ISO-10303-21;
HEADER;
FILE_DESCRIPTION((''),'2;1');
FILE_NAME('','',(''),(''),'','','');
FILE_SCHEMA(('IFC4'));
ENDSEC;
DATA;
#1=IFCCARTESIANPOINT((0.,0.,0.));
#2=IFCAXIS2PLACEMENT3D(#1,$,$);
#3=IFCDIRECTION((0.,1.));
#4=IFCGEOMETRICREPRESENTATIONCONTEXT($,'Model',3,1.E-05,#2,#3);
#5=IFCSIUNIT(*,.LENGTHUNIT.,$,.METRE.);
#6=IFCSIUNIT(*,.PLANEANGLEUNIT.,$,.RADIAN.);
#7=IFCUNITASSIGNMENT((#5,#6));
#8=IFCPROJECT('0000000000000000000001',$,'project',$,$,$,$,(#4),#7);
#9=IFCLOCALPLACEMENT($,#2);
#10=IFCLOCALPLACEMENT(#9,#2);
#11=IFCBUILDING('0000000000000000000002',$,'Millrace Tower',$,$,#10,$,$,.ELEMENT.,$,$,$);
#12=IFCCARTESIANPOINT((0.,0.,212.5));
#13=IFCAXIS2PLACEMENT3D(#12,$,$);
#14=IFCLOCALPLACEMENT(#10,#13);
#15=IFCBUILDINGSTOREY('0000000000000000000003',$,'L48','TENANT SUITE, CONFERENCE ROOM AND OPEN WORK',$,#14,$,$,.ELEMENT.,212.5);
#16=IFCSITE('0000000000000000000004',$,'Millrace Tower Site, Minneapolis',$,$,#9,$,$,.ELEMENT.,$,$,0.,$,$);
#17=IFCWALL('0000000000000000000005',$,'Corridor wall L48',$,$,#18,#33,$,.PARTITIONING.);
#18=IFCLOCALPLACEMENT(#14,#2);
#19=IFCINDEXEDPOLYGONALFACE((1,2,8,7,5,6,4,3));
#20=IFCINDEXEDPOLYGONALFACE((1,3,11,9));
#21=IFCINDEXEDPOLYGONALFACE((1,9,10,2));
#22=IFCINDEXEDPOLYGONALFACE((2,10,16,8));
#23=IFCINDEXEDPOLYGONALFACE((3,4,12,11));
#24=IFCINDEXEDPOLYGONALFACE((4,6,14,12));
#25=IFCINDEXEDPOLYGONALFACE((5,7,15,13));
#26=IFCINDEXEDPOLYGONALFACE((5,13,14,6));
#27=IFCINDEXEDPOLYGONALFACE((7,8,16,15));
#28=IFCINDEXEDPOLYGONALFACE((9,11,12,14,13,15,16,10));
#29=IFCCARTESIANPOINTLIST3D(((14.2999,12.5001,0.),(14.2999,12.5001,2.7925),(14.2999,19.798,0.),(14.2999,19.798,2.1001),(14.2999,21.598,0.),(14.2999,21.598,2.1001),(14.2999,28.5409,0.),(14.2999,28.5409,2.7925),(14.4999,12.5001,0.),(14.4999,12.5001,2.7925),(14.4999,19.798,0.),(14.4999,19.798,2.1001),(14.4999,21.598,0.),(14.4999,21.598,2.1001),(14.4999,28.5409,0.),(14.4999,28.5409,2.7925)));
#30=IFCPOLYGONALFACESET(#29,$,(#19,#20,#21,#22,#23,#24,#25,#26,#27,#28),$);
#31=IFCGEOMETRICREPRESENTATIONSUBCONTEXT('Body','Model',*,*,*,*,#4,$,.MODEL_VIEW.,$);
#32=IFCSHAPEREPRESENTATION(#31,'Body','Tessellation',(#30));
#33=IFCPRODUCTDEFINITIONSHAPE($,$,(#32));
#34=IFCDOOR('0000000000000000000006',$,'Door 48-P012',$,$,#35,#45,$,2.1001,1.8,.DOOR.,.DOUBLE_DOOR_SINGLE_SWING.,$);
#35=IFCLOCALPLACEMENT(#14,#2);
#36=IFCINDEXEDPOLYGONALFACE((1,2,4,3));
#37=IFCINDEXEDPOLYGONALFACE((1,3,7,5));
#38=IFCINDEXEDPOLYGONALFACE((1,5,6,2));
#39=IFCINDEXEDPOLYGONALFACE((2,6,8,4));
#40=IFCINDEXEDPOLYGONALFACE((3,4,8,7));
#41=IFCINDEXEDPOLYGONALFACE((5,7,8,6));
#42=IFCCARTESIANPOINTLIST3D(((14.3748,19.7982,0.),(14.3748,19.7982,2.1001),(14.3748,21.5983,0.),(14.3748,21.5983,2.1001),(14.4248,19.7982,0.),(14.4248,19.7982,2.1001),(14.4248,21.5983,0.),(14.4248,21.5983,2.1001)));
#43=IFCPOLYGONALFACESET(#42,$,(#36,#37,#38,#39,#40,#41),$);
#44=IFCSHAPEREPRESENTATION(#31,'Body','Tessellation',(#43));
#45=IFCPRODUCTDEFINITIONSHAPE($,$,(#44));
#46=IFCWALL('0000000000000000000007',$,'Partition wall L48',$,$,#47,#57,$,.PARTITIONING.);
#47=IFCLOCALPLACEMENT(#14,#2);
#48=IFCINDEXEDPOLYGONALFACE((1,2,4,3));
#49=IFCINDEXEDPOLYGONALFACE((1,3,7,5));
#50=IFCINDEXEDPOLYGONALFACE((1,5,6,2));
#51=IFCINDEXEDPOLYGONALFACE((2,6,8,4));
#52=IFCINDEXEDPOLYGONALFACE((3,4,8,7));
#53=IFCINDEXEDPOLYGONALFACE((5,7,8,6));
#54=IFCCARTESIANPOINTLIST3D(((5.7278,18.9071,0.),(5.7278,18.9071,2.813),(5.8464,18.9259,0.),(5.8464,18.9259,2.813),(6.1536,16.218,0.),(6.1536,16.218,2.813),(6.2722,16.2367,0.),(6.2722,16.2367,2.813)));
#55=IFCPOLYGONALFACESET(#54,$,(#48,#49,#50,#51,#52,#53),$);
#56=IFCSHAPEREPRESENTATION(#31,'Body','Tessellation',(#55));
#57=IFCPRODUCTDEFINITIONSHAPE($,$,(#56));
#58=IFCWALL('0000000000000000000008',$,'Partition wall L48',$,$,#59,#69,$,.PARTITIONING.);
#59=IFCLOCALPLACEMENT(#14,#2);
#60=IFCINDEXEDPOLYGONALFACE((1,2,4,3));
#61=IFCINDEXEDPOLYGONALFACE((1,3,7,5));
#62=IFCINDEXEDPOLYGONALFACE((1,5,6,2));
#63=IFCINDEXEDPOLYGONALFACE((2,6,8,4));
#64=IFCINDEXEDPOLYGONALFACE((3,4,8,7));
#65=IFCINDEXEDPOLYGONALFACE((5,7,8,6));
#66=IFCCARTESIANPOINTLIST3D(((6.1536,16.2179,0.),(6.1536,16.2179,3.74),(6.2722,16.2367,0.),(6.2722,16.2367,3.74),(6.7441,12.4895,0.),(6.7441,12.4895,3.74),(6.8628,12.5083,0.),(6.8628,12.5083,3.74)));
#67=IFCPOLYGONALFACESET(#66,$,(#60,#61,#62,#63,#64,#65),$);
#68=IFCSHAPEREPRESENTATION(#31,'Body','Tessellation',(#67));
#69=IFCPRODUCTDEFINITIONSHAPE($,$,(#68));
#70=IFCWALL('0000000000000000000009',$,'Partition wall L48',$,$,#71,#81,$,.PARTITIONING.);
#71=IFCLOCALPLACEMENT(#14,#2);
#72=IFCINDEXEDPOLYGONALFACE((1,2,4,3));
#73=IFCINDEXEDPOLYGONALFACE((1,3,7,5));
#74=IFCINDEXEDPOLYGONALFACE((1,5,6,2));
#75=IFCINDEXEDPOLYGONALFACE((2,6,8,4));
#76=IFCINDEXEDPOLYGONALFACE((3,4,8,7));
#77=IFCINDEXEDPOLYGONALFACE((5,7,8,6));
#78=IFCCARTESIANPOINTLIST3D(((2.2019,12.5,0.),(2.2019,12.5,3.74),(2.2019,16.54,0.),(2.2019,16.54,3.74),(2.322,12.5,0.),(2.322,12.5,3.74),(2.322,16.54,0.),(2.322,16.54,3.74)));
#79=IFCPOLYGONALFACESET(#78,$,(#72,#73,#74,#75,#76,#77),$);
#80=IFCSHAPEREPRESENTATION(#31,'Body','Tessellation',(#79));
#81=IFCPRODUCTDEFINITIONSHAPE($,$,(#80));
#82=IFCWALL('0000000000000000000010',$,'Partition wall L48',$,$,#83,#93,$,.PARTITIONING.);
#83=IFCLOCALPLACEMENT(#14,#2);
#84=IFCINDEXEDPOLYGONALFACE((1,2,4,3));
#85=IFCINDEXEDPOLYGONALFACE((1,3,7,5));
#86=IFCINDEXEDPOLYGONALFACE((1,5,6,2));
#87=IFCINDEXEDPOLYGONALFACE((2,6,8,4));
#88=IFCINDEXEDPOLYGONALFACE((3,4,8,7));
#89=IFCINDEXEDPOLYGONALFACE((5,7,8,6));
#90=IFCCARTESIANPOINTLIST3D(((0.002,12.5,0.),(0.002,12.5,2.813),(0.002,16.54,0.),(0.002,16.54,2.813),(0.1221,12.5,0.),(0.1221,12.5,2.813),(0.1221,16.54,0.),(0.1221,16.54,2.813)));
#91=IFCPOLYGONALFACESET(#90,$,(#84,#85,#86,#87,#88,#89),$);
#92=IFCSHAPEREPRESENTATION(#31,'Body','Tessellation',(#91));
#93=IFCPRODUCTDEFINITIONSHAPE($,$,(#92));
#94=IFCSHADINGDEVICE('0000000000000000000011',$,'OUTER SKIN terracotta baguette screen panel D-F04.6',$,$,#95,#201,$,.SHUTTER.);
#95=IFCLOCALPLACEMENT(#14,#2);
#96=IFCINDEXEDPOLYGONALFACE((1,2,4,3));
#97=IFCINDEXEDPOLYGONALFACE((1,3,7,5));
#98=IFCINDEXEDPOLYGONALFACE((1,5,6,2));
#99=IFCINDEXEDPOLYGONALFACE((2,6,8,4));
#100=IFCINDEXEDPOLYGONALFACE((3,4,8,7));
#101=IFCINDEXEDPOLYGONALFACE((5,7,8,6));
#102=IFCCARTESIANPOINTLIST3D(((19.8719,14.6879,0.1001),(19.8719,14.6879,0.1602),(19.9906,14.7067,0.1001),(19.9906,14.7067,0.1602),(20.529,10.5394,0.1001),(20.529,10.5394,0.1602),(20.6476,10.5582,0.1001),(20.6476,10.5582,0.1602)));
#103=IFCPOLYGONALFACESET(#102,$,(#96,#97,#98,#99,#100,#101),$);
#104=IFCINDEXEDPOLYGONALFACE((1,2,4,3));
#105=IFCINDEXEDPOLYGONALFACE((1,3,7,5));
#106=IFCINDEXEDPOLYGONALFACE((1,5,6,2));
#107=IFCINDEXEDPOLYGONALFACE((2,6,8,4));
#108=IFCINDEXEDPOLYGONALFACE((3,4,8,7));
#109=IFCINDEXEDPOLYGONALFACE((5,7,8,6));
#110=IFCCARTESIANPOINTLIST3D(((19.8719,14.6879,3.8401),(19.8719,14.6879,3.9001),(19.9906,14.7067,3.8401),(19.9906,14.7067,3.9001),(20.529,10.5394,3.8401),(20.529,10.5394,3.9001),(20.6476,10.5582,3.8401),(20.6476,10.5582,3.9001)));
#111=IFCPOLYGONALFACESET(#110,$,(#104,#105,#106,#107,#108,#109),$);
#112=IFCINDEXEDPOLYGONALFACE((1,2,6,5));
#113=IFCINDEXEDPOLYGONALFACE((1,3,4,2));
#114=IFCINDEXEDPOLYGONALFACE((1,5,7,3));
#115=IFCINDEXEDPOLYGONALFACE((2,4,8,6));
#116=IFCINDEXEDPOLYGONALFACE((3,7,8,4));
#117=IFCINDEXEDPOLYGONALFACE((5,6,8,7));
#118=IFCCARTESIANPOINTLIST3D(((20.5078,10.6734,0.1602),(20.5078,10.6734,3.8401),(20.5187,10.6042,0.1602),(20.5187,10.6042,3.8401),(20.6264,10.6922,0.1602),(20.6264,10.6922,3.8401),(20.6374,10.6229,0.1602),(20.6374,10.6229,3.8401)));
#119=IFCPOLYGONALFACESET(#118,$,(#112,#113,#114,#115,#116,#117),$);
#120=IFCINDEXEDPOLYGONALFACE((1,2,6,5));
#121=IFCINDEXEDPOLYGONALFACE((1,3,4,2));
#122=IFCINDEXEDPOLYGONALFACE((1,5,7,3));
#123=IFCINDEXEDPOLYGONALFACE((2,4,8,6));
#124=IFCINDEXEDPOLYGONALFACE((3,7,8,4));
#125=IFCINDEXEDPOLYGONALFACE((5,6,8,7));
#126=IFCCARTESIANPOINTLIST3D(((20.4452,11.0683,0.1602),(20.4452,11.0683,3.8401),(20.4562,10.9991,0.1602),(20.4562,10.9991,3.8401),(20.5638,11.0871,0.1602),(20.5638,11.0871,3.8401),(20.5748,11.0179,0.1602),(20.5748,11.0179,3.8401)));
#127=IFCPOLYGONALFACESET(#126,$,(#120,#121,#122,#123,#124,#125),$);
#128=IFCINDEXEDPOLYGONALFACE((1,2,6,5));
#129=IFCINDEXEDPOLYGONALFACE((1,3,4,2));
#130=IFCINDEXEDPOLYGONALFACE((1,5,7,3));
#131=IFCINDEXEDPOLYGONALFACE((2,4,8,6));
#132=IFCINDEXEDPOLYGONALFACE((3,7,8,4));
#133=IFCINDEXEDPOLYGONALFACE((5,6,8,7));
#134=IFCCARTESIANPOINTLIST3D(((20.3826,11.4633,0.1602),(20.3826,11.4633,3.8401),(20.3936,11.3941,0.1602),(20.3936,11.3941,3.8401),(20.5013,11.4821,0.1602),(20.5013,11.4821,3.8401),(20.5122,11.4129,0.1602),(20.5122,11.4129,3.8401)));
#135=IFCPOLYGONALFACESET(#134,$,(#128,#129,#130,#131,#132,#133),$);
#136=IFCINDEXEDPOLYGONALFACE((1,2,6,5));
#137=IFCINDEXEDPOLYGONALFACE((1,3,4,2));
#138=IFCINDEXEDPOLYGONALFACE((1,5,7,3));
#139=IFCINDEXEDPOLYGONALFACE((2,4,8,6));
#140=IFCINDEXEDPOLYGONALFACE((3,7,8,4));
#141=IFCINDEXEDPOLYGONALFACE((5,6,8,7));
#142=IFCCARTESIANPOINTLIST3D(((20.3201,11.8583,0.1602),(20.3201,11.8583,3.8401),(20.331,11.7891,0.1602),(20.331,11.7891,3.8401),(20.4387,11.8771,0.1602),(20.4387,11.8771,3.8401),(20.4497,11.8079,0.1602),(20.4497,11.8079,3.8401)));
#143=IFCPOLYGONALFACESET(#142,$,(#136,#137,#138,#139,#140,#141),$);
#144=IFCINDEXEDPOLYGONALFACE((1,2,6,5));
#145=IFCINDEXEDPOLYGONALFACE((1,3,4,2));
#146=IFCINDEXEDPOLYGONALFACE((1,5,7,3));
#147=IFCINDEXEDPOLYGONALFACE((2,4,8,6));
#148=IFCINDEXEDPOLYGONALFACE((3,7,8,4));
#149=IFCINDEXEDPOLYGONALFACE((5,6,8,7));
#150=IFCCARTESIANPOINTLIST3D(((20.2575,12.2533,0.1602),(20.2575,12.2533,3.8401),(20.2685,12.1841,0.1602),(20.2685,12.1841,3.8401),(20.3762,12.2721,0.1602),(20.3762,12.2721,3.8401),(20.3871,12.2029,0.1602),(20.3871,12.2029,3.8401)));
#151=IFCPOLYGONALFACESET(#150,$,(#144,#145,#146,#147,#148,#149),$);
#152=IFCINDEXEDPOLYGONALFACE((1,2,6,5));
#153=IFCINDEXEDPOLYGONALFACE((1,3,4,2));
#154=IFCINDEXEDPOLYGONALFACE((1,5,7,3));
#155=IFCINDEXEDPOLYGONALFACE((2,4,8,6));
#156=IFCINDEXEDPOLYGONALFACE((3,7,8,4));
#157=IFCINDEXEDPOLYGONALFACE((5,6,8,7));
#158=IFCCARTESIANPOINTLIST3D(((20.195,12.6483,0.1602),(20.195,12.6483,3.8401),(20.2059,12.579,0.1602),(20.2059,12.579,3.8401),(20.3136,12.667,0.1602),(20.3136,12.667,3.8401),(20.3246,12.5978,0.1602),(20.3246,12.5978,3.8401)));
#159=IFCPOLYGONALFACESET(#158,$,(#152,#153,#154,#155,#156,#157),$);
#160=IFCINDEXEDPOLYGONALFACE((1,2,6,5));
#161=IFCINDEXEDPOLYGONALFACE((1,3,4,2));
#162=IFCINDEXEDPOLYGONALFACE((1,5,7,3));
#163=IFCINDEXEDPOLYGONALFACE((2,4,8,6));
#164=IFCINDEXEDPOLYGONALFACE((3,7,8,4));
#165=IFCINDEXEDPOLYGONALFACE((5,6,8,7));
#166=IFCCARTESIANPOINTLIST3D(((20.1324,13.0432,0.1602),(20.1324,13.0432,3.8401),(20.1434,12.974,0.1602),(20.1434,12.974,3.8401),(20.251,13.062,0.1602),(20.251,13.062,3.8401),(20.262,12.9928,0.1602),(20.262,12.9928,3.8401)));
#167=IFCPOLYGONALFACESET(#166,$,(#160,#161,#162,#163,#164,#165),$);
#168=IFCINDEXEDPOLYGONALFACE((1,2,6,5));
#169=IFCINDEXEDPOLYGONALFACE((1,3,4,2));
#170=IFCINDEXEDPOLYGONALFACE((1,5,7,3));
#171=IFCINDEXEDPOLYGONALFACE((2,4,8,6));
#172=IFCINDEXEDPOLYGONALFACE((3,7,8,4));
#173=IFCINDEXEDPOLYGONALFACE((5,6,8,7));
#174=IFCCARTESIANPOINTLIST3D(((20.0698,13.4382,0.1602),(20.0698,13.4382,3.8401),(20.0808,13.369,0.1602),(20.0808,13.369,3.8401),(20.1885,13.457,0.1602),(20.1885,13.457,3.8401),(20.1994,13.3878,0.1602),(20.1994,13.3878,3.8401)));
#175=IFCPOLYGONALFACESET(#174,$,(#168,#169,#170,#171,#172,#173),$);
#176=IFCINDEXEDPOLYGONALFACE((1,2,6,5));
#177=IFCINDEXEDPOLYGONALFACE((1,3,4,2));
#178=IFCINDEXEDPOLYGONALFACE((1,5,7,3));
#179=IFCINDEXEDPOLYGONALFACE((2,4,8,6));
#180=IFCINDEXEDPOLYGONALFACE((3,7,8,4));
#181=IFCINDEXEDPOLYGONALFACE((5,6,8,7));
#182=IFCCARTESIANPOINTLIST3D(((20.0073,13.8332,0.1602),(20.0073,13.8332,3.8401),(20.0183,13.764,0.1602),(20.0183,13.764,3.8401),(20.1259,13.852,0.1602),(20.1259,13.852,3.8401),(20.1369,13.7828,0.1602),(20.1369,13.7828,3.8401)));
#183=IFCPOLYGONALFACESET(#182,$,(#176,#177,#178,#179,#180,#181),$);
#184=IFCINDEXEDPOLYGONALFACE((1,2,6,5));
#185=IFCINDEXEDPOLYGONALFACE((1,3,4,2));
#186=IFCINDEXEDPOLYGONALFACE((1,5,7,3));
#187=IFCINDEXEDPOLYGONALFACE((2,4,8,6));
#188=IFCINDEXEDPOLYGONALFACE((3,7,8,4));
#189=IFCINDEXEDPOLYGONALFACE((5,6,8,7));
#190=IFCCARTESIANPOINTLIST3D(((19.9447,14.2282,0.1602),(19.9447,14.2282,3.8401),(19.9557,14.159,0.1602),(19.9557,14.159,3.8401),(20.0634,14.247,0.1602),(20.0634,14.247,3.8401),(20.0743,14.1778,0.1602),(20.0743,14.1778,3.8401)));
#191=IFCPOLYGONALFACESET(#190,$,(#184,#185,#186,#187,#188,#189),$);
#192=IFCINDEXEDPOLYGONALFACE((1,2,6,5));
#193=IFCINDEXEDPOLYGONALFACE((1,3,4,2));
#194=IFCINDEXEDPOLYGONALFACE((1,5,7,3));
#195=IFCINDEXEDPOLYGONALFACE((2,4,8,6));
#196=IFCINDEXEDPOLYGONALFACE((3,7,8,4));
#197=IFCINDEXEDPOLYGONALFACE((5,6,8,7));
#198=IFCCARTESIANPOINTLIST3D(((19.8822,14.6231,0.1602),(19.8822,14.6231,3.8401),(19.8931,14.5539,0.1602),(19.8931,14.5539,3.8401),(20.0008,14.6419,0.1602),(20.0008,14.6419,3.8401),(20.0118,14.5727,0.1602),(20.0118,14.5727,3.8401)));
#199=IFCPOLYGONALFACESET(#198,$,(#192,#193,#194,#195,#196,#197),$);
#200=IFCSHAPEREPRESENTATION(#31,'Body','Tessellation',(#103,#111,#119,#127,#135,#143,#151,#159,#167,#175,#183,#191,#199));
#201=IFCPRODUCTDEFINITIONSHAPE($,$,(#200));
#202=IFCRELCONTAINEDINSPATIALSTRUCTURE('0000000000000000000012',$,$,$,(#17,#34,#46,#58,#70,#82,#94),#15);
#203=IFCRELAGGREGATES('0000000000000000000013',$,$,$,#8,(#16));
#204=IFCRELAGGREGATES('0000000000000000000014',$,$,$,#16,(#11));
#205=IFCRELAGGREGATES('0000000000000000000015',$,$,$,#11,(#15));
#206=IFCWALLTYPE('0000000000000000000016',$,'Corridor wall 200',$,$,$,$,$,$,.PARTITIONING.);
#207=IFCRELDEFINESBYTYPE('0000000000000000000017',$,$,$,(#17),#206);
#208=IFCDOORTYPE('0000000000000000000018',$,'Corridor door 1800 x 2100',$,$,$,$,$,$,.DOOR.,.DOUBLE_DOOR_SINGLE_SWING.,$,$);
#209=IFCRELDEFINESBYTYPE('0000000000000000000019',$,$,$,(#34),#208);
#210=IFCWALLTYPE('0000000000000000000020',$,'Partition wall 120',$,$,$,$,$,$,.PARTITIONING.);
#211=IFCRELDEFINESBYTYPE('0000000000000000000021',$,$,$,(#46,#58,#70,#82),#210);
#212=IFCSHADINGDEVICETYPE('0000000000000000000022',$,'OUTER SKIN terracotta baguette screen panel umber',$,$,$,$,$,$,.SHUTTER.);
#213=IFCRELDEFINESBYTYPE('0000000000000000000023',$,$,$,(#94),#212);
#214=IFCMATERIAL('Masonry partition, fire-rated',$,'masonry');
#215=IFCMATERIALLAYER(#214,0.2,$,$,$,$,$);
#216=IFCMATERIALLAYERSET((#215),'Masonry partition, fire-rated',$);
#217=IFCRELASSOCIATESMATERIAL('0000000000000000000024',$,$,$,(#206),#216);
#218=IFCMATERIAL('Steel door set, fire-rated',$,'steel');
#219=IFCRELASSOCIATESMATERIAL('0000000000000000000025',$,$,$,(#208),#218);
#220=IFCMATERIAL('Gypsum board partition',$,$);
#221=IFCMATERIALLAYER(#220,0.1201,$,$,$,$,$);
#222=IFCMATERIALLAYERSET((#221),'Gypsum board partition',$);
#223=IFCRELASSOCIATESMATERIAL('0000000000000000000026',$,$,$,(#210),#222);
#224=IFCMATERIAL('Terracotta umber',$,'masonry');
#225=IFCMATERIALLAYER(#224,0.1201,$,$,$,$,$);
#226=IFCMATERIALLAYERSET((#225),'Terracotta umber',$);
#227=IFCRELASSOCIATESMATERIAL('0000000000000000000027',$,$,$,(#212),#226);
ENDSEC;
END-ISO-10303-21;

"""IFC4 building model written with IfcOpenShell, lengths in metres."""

from ifc_helpers import new_model, entity, si_unit, direction, frame, frame_2d, origin, origin_2d, place, context, subcontext, project, spatial, rectangle, extrude, source, transform, mapped, material, layer, layer_set, type_object, element, fill, save


model = new_model("IFC4")

# Units and contexts
model_context = context("Model", 3, precision=1e-05, world=origin(), true_north=direction((0.0, 1.0)))
body_context = subcontext(model_context, "Body", "Model", "MODEL_VIEW")
ifc_project = project(units=[si_unit("LENGTHUNIT", "METRE"), si_unit("PLANEANGLEUNIT", "RADIAN")], contexts=[model_context])

# Site, building, storey
site_placement = place(None, origin())
site = spatial("IfcSite", under=ifc_project, at=site_placement, Name="Millrace Tower Site, Minneapolis", CompositionType="ELEMENT", RefElevation=0.0)
building_placement = place(site_placement, origin())
building = spatial("IfcBuilding", under=site, at=building_placement, Name="Millrace Tower", CompositionType="ELEMENT")
storey_placement = place(building_placement, frame((0.0, 0.0, 212.5)))
storey = spatial("IfcBuildingStorey", under=building, at=storey_placement, Name="L48", Description="TENANT SUITE, CONFERENCE ROOM AND OPEN WORK", CompositionType="ELEMENT", Elevation=212.5)

# Shared definitions
ifc_material_1 = material(Name="Masonry partition, fire-rated", Category="masonry")
ifc_layer_1 = layer(ifc_material_1, 0.2)
ifc_layer_set_1 = layer_set([ifc_layer_1], Name="Masonry partition, fire-rated")
wall_type_1 = type_object("IfcWallType", Name="Corridor wall 200", PredefinedType="PARTITIONING", material=ifc_layer_set_1)

# Wall, opening, door
wall_1_placement = place(storey_placement, frame((14.3999, 12.5, 0.0), z_axis=(0.0, 0.0, 1.0), x_axis=(0.0, 1.0, 0.0)))
wall_1 = element("IfcWall", 1, at=wall_1_placement, inside=storey, type_object=wall_type_1, Name="Corridor wall L48", PredefinedType="PARTITIONING", context=body_context, shape_type="SweptSolid", body=[
    extrude(rectangle(XDim=16.0408, YDim=0.2, at=frame_2d((8.0205, 0.0))), origin(), (0.0, 0.0, 1.0), 2.7925),
])
opening_placement = place(wall_1_placement, frame((7.2981, 0.0, 0.0)))
opening = element("IfcOpeningElement", 2, at=opening_placement, cuts=wall_1, PredefinedType="OPENING", context=body_context, shape_type="SweptSolid", body=[
    extrude(rectangle(XDim=1.8, YDim=2.1001, at=frame_2d((0.8999, 1.05))), frame((0.0, 0.1099, 0.0), z_axis=(0.0, -1.0, 0.0), x_axis=(1.0, 0.0, 0.0)), (0.0, 0.0, 1.0), 0.22),
])
ifc_material_2 = material(Name="Steel door set, fire-rated", Category="steel")
door_type = type_object("IfcDoorType", Name="Corridor door 1800 x 2100", OperationType="DOUBLE_DOOR_SINGLE_SWING", PredefinedType="DOOR", material=ifc_material_2)
door_placement = place(opening_placement, frame((1.8, 0.0, 0.0), z_axis=(0.0, 0.0, 1.0), x_axis=(-1.0, 0.0, 0.0)))
door = element("IfcDoor", 3, at=door_placement, inside=storey, type_object=door_type, Name="Door 48-P012", OperationType="DOUBLE_DOOR_SINGLE_SWING", OverallHeight=2.1001, OverallWidth=1.8, PredefinedType="DOOR", context=body_context, shape_type="SweptSolid", body=[
    extrude(rectangle(XDim=1.8, YDim=2.1001, at=frame_2d((0.8999, 1.05))), frame((0.0, 0.0249, 0.0), z_axis=(0.0, -1.0, 0.0), x_axis=(1.0, 0.0, 0.0)), (0.0, 0.0, 1.0), 0.05),
])
fill(opening, door)

# Walls
ifc_material_3 = material(Name="Gypsum board partition")
ifc_layer_2 = layer(ifc_material_3, 0.1201)
ifc_layer_set_2 = layer_set([ifc_layer_2], Name="Gypsum board partition")
wall_type_2 = type_object("IfcWallType", Name="Partition wall 120", PredefinedType="PARTITIONING", material=ifc_layer_set_2)
wall_2_placement = place(storey_placement, frame((5.7871, 18.9165, 0.0), z_axis=(0.0, 0.0, 1.0), x_axis=(0.156382, -0.987697, 0.0)))
element("IfcWall", 4, at=wall_2_placement, inside=storey, type_object=wall_type_2, Name="Partition wall L48", PredefinedType="PARTITIONING", context=body_context, shape_type="SweptSolid", body=[
    extrude(rectangle(XDim=2.7227, YDim=0.1201, at=frame_2d((1.3613, 0.0))), origin(), (0.0, 0.0, 1.0), 2.813),
])
wall_3_placement = place(storey_placement, frame((6.2129, 16.2273, 0.0), z_axis=(0.0, 0.0, 1.0), x_axis=(0.156444, -0.987687, 0.0)))
element("IfcWall", 5, at=wall_3_placement, inside=storey, type_object=wall_type_2, Name="Partition wall L48", PredefinedType="PARTITIONING", context=body_context, shape_type="SweptSolid", body=[
    extrude(rectangle(XDim=3.7749, YDim=0.1201, at=frame_2d((1.8875, 0.0))), origin(), (0.0, 0.0, 1.0), 3.74),
])
wall_4_placement = place(storey_placement, frame((2.262, 12.5, 0.0), z_axis=(0.0, 0.0, 1.0), x_axis=(0.0, 1.0, 0.0)))
element("IfcWall", 6, at=wall_4_placement, inside=storey, type_object=wall_type_2, Name="Partition wall L48", PredefinedType="PARTITIONING", context=body_context, shape_type="SweptSolid", body=[
    extrude(rectangle(XDim=4.04, YDim=0.1201, at=frame_2d((2.02, 0.0))), origin(), (0.0, 0.0, 1.0), 3.74),
])
wall_5_placement = place(storey_placement, frame((0.062, 12.5, 0.0), z_axis=(0.0, 0.0, 1.0), x_axis=(0.0, 1.0, 0.0)))
element("IfcWall", 7, at=wall_5_placement, inside=storey, type_object=wall_type_2, Name="Partition wall L48", PredefinedType="PARTITIONING", context=body_context, shape_type="SweptSolid", body=[
    extrude(rectangle(XDim=4.04, YDim=0.1201, at=frame_2d((2.02, 0.0))), origin(), (0.0, 0.0, 1.0), 2.813),
])

# Shading device
ifc_material_4 = material(Name="Terracotta umber", Category="masonry")
ifc_layer_3 = layer(ifc_material_4, 0.1201)
ifc_layer_set_3 = layer_set([ifc_layer_3], Name="Terracotta umber")
shading_device_type = type_object("IfcShadingDeviceType", Name="OUTER SKIN terracotta baguette screen panel umber", PredefinedType="SHUTTER", material=ifc_layer_set_3)
cartesian_point = entity("IfcCartesianPoint", [-2.1001, 0.0601])
shared_polyline = entity("IfcPolyline", [cartesian_point, entity("IfcCartesianPoint", [2.1001, 0.0601]), entity("IfcCartesianPoint", [2.1001, -0.0601]), entity("IfcCartesianPoint", [-2.1001, -0.0601]), cartesian_point])
shared_shape = source(origin(), body_context, "Body", "SweptSolid", [
    entity("IfcExtrudedAreaSolid", entity("IfcArbitraryClosedProfileDef", "AREA", None, shared_polyline), entity("IfcAxis2Placement3D", entity("IfcCartesianPoint", [0.0, 0.0, 0.0])), entity("IfcDirection", [0.0, 0.0, 1.0]), 0.0601),
    entity("IfcExtrudedAreaSolid", entity("IfcArbitraryClosedProfileDef", "AREA", None, shared_polyline), entity("IfcAxis2Placement3D", entity("IfcCartesianPoint", [0.0, 0.0, 3.74])), entity("IfcDirection", [0.0, 0.0, 1.0]), 0.0601),
    extrude(rectangle(XDim=0.0701, YDim=0.1201, at=frame_2d((-1.9995, 0.0))), frame((0.0, 0.0, 0.0601)), (0.0, 0.0, 1.0), 3.6799),
    extrude(rectangle(XDim=0.0701, YDim=0.1201, at=frame_2d((-1.5996, 0.0))), frame((0.0, 0.0, 0.0601)), (0.0, 0.0, 1.0), 3.6799),
    extrude(rectangle(XDim=0.0701, YDim=0.1201, at=frame_2d((-1.1997, 0.0))), frame((0.0, 0.0, 0.0601)), (0.0, 0.0, 1.0), 3.6799),
    extrude(rectangle(XDim=0.0701, YDim=0.1201, at=frame_2d((-0.7998, 0.0))), frame((0.0, 0.0, 0.0601)), (0.0, 0.0, 1.0), 3.6799),
    extrude(rectangle(XDim=0.0701, YDim=0.1201, at=frame_2d((-0.3999, 0.0))), frame((0.0, 0.0, 0.0601)), (0.0, 0.0, 1.0), 3.6799),
    extrude(rectangle(XDim=0.0701, YDim=0.1201, at=origin_2d()), frame((0.0, 0.0, 0.0601)), (0.0, 0.0, 1.0), 3.6799),
    extrude(rectangle(XDim=0.0701, YDim=0.1201, at=frame_2d((0.3999, 0.0))), frame((0.0, 0.0, 0.0601)), (0.0, 0.0, 1.0), 3.6799),
    extrude(rectangle(XDim=0.0701, YDim=0.1201, at=frame_2d((0.7998, 0.0))), frame((0.0, 0.0, 0.0601)), (0.0, 0.0, 1.0), 3.6799),
    extrude(rectangle(XDim=0.0701, YDim=0.1201, at=frame_2d((1.1997, 0.0))), frame((0.0, 0.0, 0.0601)), (0.0, 0.0, 1.0), 3.6799),
    extrude(rectangle(XDim=0.0701, YDim=0.1201, at=frame_2d((1.5996, 0.0))), frame((0.0, 0.0, 0.0601)), (0.0, 0.0, 1.0), 3.6799),
    extrude(rectangle(XDim=0.0701, YDim=0.1201, at=frame_2d((1.9995, 0.0))), frame((0.0, 0.0, 0.0601)), (0.0, 0.0, 1.0), 3.6799),
])
for number, where, z_axis, x_axis, name in (
    (8, (20.2598, 12.623, 0.1001), (0.0, 0.0, 1.0), (-0.156434, 0.987688, 0.0), "OUTER SKIN terracotta baguette screen panel D-F04.6"),
):
    element("IfcShadingDevice", number, at=place(storey_placement, frame(where, z_axis=z_axis, x_axis=x_axis)), inside=storey, type_object=shading_device_type, Name=name, PredefinedType="SHUTTER", context=body_context, shape_type="MappedRepresentation", body=[
        mapped(shared_shape, transform((0.0, 0.0, 0.0), scale=1.0)),
    ])

save(model, "model.ifc")
